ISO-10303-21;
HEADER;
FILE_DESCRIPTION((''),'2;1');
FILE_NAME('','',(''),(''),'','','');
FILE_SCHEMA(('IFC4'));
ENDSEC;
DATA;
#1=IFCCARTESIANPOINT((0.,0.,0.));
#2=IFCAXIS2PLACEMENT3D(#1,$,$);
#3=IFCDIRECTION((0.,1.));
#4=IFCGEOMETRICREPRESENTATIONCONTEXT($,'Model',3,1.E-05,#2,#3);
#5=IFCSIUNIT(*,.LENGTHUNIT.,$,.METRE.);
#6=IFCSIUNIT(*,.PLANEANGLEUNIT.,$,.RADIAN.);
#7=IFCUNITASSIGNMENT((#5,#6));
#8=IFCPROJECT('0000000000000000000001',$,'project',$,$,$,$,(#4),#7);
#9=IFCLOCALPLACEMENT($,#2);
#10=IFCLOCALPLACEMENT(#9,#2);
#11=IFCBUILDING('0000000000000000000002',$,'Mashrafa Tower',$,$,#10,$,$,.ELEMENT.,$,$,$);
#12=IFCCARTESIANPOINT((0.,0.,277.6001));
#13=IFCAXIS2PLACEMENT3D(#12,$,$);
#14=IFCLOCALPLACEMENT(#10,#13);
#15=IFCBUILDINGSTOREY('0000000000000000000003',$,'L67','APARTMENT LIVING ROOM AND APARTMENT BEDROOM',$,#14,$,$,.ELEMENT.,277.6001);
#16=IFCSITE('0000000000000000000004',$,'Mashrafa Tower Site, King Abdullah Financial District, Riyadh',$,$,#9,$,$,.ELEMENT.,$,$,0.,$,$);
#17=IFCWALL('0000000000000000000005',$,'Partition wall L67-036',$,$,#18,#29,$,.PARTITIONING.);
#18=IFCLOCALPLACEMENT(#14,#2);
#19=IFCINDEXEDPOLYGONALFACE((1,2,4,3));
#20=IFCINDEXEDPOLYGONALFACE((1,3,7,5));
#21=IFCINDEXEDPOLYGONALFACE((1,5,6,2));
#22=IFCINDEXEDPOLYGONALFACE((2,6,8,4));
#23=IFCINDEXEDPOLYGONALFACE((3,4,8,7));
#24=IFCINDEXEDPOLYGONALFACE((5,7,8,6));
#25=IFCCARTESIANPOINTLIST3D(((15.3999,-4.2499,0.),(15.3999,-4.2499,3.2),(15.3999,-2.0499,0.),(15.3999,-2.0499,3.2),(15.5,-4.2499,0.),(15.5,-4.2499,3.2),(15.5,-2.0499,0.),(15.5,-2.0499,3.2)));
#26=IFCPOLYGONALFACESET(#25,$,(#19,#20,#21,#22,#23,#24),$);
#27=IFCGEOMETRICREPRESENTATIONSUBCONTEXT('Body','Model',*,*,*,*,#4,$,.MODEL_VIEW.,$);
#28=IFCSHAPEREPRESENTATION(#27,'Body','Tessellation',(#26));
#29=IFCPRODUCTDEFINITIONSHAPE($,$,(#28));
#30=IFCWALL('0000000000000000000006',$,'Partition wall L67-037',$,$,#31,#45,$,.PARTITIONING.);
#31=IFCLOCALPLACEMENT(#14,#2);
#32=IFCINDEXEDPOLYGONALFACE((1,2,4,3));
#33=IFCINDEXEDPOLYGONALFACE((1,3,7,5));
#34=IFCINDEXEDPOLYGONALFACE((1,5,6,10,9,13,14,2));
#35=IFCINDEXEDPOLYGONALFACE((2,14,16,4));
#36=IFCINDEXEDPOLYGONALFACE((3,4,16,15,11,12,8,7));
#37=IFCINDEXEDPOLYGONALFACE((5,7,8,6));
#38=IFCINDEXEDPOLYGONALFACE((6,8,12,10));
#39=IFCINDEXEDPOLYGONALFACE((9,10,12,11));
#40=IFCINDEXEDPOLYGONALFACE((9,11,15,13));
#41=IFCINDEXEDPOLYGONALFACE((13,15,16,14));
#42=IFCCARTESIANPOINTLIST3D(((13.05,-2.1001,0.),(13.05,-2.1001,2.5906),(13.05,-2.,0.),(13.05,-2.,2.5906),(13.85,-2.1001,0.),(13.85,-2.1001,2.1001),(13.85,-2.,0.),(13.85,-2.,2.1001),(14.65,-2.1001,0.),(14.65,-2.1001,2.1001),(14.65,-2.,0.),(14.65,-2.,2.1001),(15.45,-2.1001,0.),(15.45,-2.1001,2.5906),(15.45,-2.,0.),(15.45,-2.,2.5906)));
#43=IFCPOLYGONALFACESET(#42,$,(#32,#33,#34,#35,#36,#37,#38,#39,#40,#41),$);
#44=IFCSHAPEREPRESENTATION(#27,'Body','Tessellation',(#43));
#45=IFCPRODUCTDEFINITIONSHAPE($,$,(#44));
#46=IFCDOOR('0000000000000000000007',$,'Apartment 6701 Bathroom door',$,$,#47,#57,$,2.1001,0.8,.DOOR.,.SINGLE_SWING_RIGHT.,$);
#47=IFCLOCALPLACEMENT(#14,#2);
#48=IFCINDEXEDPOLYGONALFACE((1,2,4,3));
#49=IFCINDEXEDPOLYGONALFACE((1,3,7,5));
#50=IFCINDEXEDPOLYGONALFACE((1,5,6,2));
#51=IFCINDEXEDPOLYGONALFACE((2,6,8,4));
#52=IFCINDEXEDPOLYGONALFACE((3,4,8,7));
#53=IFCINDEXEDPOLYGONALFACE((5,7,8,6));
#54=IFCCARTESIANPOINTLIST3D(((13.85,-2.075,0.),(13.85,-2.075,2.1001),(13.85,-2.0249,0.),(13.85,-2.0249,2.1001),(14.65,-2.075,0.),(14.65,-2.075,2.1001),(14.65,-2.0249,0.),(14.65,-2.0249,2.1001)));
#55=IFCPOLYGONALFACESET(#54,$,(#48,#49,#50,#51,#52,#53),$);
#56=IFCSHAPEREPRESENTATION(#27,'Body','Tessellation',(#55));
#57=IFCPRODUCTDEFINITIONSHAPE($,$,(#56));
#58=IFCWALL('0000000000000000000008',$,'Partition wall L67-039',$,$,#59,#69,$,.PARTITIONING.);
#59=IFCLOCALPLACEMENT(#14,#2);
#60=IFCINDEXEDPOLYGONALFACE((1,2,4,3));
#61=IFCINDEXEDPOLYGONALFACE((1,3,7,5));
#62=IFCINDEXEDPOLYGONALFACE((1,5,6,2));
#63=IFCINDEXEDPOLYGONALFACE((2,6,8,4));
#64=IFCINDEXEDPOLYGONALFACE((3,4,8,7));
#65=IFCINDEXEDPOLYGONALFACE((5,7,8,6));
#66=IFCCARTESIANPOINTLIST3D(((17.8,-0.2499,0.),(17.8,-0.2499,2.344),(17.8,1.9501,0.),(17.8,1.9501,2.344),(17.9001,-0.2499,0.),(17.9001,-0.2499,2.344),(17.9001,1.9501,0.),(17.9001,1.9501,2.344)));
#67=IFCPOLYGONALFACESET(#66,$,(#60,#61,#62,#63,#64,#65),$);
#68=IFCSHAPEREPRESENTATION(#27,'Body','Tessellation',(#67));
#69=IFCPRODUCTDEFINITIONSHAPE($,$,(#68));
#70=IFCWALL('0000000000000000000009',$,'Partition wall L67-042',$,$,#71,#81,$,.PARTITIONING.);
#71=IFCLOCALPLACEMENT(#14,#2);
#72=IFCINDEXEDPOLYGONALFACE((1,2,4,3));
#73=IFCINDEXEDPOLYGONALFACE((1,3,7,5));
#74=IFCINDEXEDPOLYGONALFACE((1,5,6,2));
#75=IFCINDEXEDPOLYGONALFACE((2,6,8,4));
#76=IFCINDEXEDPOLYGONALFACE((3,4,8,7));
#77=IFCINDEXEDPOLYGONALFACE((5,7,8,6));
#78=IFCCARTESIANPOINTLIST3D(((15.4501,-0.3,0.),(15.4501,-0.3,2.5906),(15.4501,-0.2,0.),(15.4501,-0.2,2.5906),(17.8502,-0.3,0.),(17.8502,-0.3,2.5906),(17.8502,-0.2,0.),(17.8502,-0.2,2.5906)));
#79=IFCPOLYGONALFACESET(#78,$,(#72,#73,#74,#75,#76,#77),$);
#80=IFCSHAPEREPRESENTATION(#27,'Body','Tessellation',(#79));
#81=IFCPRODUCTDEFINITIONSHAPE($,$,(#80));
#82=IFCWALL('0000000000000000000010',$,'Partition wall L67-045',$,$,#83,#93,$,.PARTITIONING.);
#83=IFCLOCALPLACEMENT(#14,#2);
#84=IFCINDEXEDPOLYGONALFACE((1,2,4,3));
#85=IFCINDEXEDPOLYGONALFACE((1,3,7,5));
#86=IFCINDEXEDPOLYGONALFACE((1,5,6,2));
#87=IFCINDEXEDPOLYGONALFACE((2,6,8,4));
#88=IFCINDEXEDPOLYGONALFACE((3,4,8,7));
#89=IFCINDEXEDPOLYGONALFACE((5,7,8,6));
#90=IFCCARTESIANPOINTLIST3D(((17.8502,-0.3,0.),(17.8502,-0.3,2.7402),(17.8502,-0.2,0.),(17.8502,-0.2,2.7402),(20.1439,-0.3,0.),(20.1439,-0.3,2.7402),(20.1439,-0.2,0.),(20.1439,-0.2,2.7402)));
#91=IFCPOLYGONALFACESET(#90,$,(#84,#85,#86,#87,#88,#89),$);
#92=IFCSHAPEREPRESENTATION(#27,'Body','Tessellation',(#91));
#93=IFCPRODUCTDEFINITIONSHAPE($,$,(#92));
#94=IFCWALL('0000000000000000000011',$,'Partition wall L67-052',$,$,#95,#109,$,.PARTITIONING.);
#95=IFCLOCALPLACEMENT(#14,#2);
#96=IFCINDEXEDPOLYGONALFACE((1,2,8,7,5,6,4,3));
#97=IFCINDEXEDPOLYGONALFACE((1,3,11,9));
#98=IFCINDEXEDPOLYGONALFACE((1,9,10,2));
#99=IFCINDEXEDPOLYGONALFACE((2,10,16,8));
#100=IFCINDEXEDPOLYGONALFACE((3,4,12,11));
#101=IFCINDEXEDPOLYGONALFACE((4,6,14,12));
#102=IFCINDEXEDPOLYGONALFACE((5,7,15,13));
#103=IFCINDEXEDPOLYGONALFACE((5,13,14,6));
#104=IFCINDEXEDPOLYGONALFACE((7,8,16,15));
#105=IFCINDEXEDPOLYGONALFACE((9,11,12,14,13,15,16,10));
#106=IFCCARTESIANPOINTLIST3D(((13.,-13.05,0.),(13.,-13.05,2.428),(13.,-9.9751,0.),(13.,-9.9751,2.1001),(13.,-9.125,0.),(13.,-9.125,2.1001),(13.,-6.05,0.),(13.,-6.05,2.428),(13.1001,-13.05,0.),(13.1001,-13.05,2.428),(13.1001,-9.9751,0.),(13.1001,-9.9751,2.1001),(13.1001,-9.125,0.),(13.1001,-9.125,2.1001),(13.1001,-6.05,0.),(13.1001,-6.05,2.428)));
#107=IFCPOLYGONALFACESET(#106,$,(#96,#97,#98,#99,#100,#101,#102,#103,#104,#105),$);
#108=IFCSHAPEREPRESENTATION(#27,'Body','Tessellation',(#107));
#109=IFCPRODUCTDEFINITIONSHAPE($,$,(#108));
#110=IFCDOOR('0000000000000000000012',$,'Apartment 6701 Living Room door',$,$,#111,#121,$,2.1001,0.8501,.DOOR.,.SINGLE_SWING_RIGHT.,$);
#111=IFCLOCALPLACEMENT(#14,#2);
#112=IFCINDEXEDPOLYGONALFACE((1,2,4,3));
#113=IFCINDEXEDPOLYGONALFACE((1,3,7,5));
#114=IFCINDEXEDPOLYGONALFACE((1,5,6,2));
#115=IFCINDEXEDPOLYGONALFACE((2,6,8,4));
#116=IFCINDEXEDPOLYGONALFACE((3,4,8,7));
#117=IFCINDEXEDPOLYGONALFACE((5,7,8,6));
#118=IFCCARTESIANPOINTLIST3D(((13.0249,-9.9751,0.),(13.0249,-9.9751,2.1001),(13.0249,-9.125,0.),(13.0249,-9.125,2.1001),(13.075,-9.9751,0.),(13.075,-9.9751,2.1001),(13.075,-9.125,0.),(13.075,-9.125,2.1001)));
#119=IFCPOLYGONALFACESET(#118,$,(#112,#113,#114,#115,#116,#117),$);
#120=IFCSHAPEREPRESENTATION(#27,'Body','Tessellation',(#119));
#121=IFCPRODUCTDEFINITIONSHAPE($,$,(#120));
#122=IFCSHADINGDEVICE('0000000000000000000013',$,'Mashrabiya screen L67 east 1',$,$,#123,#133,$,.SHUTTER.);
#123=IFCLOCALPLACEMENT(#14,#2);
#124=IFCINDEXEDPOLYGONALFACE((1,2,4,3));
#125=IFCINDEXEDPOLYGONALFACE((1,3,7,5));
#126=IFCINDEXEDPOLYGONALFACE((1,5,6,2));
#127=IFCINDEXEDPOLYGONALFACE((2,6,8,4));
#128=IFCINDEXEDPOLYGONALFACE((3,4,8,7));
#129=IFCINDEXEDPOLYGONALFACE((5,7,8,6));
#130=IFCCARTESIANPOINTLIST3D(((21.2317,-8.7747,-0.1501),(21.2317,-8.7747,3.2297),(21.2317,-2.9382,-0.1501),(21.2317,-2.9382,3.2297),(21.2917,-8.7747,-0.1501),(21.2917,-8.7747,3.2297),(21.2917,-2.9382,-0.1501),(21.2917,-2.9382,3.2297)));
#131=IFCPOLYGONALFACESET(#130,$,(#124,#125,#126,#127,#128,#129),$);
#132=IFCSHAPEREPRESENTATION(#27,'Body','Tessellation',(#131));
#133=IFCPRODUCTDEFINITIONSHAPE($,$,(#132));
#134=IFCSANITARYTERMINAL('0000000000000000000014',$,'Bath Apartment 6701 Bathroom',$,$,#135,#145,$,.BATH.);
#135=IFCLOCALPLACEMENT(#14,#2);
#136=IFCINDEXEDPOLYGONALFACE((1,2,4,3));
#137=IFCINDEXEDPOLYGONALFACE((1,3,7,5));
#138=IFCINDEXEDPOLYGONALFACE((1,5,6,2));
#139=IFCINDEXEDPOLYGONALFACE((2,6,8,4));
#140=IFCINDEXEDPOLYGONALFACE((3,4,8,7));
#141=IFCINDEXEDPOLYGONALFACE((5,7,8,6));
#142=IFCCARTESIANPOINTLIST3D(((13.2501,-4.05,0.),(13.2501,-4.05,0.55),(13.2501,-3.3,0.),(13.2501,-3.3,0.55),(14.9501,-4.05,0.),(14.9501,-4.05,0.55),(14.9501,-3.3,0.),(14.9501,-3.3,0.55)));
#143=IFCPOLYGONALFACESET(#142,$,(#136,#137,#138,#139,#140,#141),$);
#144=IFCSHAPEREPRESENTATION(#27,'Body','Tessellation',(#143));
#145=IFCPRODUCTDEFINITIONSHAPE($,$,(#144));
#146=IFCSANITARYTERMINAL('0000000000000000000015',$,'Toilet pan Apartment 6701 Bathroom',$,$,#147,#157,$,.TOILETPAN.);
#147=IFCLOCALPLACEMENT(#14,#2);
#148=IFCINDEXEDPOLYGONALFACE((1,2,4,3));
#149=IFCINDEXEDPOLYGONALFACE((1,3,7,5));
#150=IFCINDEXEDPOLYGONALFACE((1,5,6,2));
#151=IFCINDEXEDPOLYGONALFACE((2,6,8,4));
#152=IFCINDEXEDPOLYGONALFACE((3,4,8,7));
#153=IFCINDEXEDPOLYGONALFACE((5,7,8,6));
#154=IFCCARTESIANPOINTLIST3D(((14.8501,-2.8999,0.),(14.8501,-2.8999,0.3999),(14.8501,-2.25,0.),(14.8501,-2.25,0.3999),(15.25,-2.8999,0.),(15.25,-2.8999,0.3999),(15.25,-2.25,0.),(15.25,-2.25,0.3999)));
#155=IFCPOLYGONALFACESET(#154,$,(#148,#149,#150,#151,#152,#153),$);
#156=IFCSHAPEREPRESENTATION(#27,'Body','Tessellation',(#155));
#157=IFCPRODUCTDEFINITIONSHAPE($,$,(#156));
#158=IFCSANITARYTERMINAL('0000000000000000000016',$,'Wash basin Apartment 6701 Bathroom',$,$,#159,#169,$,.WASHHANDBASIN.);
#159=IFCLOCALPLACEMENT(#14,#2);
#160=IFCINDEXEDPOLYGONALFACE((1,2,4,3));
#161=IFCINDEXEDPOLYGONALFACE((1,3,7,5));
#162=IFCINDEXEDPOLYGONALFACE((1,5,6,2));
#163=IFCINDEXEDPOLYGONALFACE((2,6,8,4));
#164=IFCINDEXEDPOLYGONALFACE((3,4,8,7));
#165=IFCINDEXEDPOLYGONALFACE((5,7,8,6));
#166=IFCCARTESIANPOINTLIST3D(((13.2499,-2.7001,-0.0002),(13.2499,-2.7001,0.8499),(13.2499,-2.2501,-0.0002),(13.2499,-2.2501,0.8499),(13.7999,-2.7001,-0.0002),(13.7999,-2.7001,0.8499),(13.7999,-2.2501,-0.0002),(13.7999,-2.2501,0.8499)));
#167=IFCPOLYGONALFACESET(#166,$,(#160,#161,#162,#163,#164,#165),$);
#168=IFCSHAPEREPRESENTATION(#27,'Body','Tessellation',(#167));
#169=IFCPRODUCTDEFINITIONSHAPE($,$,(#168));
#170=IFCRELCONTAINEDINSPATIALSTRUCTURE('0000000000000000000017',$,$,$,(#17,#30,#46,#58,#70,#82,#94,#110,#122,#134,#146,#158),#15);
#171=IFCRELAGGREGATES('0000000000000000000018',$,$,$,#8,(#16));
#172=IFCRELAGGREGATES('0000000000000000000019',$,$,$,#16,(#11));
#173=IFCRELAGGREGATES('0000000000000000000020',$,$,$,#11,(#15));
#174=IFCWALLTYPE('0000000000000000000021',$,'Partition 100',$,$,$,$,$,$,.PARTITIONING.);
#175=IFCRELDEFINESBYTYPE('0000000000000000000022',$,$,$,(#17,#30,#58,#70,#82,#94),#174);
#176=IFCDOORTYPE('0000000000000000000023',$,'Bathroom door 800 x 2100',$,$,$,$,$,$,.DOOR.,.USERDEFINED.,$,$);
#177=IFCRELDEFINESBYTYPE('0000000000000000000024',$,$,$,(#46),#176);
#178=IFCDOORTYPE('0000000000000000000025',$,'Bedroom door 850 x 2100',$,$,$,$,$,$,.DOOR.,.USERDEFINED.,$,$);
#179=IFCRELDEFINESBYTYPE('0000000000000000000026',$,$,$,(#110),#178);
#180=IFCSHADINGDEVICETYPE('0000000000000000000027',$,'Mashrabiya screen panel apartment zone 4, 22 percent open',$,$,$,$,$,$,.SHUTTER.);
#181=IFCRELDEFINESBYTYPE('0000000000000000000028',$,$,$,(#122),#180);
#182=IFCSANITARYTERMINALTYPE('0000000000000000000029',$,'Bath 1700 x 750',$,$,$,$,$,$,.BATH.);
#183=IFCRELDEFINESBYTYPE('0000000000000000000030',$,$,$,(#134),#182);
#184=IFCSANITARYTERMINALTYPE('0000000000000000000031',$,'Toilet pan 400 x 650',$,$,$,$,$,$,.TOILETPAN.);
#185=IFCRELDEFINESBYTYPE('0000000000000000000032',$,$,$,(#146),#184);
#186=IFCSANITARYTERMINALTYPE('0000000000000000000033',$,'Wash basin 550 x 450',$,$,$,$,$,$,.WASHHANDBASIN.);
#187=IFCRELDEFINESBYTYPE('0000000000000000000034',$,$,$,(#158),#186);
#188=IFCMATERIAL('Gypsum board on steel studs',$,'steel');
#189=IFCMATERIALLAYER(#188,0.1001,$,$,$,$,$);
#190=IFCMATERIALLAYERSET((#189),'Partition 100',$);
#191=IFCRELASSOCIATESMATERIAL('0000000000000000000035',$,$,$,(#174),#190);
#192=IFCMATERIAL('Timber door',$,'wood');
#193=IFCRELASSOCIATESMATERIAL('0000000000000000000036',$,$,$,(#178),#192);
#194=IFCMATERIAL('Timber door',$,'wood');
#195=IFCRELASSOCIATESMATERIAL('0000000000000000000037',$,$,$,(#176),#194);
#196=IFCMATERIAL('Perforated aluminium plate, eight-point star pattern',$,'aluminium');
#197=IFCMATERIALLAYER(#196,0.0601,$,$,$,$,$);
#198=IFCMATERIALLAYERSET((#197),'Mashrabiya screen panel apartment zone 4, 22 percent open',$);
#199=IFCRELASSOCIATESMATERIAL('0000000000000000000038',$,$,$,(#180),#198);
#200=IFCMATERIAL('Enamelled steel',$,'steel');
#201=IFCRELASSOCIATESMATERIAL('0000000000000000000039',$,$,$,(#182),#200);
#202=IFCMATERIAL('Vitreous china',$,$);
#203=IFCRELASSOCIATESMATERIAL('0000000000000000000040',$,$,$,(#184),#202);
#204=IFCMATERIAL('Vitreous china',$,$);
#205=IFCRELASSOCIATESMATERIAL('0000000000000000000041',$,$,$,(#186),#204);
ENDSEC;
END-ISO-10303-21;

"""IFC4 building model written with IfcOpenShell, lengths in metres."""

from ifc_helpers import new_model, si_unit, direction, frame, frame_2d, origin, origin_2d, place, context, subcontext, project, spatial, rectangle, extrude, source, transform, mapped, material, layer, layer_set, type_object, type_shapes, element, fill, save


model = new_model("IFC4")

# Units and contexts
model_context = context("Model", 3, precision=1e-05, world=origin(), true_north=direction((0.0, 1.0)))
body_context = subcontext(model_context, "Body", "Model", "MODEL_VIEW")
ifc_project = project(units=[si_unit("LENGTHUNIT", "METRE"), si_unit("PLANEANGLEUNIT", "RADIAN")], contexts=[model_context])

# Site, building, storey
site_placement = place(None, origin())
site = spatial("IfcSite", under=ifc_project, at=site_placement, Name="Mashrafa Tower Site, King Abdullah Financial District, Riyadh", CompositionType="ELEMENT", RefElevation=0.0)
building_placement = place(site_placement, origin())
building = spatial("IfcBuilding", under=site, at=building_placement, Name="Mashrafa Tower", CompositionType="ELEMENT")
storey_placement = place(building_placement, frame((0.0, 0.0, 277.6001)))
storey = spatial("IfcBuildingStorey", under=building, at=storey_placement, Name="L67", Description="APARTMENT LIVING ROOM AND APARTMENT BEDROOM", CompositionType="ELEMENT", Elevation=277.6001)

# Shared definitions
ifc_material_1 = material(Name="Gypsum board on steel studs", Category="steel")
ifc_layer_1 = layer(ifc_material_1, 0.1001)
ifc_layer_set_1 = layer_set([ifc_layer_1], Name="Partition 100")
wall_type_1 = type_object("IfcWallType", Name="Partition 100", PredefinedType="PARTITIONING", material=ifc_layer_set_1)

# Shared definitions
ifc_material_2 = material(Name="Timber door", Category="wood")
door_type_1 = type_object("IfcDoorType", Name="Bedroom door 850 x 2100", OperationType="USERDEFINED", PredefinedType="DOOR", material=ifc_material_2)

# Wall
wall_1_placement = place(storey_placement, frame((15.45, -4.25, 0.0), z_axis=(0.0, 0.0, 1.0), x_axis=(0.0, 1.0, 0.0)))
element("IfcWall", 1, at=wall_1_placement, inside=storey, type_object=wall_type_1, Name="Partition wall L67-036", PredefinedType="PARTITIONING", context=body_context, shape_type="SweptSolid", body=[
    extrude(rectangle(XDim=2.2, YDim=0.1001, at=frame_2d((1.1001, 0.0))), origin(), (0.0, 0.0, 1.0), 3.2),
])

# Wall, opening, door
wall_2_placement = place(storey_placement, frame((15.45, -2.05, 0.0), z_axis=(0.0, 0.0, 1.0), x_axis=(-1.0, 0.0, 0.0)))
wall_2 = element("IfcWall", 2, at=wall_2_placement, inside=storey, type_object=wall_type_1, Name="Partition wall L67-037", PredefinedType="PARTITIONING", context=body_context, shape_type="SweptSolid", body=[
    extrude(rectangle(XDim=2.3999, YDim=0.1001, at=frame_2d((1.2, 0.0))), origin(), (0.0, 0.0, 1.0), 2.5906),
])
opening_1_placement = place(wall_2_placement, frame((0.8, 0.0, 0.0)))
opening_1 = element("IfcOpeningElement", 3, at=opening_1_placement, cuts=wall_2, PredefinedType="OPENING", context=body_context, shape_type="SweptSolid", body=[
    extrude(rectangle(XDim=0.8, YDim=2.1001, at=frame_2d((0.3999, 1.05))), frame((0.0, 0.0601, 0.0), z_axis=(0.0, -1.0, 0.0), x_axis=(1.0, 0.0, 0.0)), (0.0, 0.0, 1.0), 0.1201),
])
ifc_material_3 = material(Name="Timber door", Category="wood")
door_type_2 = type_object("IfcDoorType", Name="Bathroom door 800 x 2100", OperationType="USERDEFINED", PredefinedType="DOOR", material=ifc_material_3)
door_1_placement = place(opening_1_placement, origin())
door_1 = element("IfcDoor", 4, at=door_1_placement, inside=storey, type_object=door_type_2, Name="Apartment 6701 Bathroom door", OperationType="SINGLE_SWING_RIGHT", OverallHeight=2.1001, OverallWidth=0.8, PredefinedType="DOOR", context=body_context, shape_type="SweptSolid", body=[
    extrude(rectangle(XDim=0.8, YDim=2.1001, at=frame_2d((0.3999, 1.05))), frame((0.0, 0.0249, 0.0), z_axis=(0.0, -1.0, 0.0), x_axis=(1.0, 0.0, 0.0)), (0.0, 0.0, 1.0), 0.05),
])
fill(opening_1, door_1)

# Walls
wall_3_placement = place(storey_placement, frame((17.8501, -0.25, 0.0), z_axis=(0.0, 0.0, 1.0), x_axis=(0.0, 1.0, 0.0)))
element("IfcWall", 5, at=wall_3_placement, inside=storey, type_object=wall_type_1, Name="Partition wall L67-039", PredefinedType="PARTITIONING", context=body_context, shape_type="SweptSolid", body=[
    extrude(rectangle(XDim=2.2, YDim=0.1001, at=frame_2d((1.1001, 0.0))), origin(), (0.0, 0.0, 1.0), 2.344),
])
wall_4_placement = place(storey_placement, frame((15.45, -0.25, 0.0), z_axis=(0.0, 0.0, 1.0), x_axis=(1.0, 0.0, 0.0)))
element("IfcWall", 6, at=wall_4_placement, inside=storey, type_object=wall_type_1, Name="Partition wall L67-042", PredefinedType="PARTITIONING", context=body_context, shape_type="SweptSolid", body=[
    extrude(rectangle(XDim=2.4001, YDim=0.1001, at=frame_2d((1.2002, 0.0))), origin(), (0.0, 0.0, 1.0), 2.5906),
])
wall_5_placement = place(storey_placement, frame((17.8501, -0.25, 0.0), z_axis=(0.0, 0.0, 1.0), x_axis=(1.0, 0.0, 0.0)))
element("IfcWall", 7, at=wall_5_placement, inside=storey, type_object=wall_type_1, Name="Partition wall L67-045", PredefinedType="PARTITIONING", context=body_context, shape_type="SweptSolid", body=[
    extrude(rectangle(XDim=2.2937, YDim=0.1001, at=frame_2d((1.147, 0.0))), origin(), (0.0, 0.0, 1.0), 2.7402),
])

# Wall, opening, door
wall_6_placement = place(storey_placement, frame((13.05, -6.05, 0.0), z_axis=(0.0, 0.0, 1.0), x_axis=(0.0, -1.0, 0.0)))
wall_6 = element("IfcWall", 8, at=wall_6_placement, inside=storey, type_object=wall_type_1, Name="Partition wall L67-052", PredefinedType="PARTITIONING", context=body_context, shape_type="SweptSolid", body=[
    extrude(rectangle(XDim=7.0, YDim=0.1001, at=frame_2d((3.5, 0.0))), origin(), (0.0, 0.0, 1.0), 2.428),
])
opening_2_placement = place(wall_6_placement, frame((3.075, 0.0, 0.0)))
opening_2 = element("IfcOpeningElement", 9, at=opening_2_placement, cuts=wall_6, PredefinedType="OPENING", context=body_context, shape_type="SweptSolid", body=[
    extrude(rectangle(XDim=0.8501, YDim=2.1001, at=frame_2d((0.425, 1.05))), frame((0.0, 0.0601, 0.0), z_axis=(0.0, -1.0, 0.0), x_axis=(1.0, 0.0, 0.0)), (0.0, 0.0, 1.0), 0.1201),
])
door_2_placement = place(opening_2_placement, origin())
door_2 = element("IfcDoor", 10, at=door_2_placement, inside=storey, type_object=door_type_1, Name="Apartment 6701 Living Room door", OperationType="SINGLE_SWING_RIGHT", OverallHeight=2.1001, OverallWidth=0.8501, PredefinedType="DOOR", context=body_context, shape_type="SweptSolid", body=[
    extrude(rectangle(XDim=0.8501, YDim=2.1001, at=frame_2d((0.425, 1.05))), frame((0.0, 0.0249, 0.0), z_axis=(0.0, -1.0, 0.0), x_axis=(1.0, 0.0, 0.0)), (0.0, 0.0, 1.0), 0.05),
])
fill(opening_2, door_2)

# Shading device
ifc_material_4 = material(Name="Perforated aluminium plate, eight-point star pattern", Category="aluminium")
ifc_layer_2 = layer(ifc_material_4, 0.0601)
ifc_layer_set_2 = layer_set([ifc_layer_2], Name="Mashrabiya screen panel apartment zone 4, 22 percent open")
shading_device_type = type_object("IfcShadingDeviceType", Name="Mashrabiya screen panel apartment zone 4, 22 percent open", PredefinedType="SHUTTER", material=ifc_layer_set_2)
shared_shape_1 = source(origin(), body_context, "Body", "SweptSolid", [
    extrude(rectangle(XDim=5.8364, YDim=0.0601, at=origin_2d()), origin(), (0.0, 0.0, 1.0), 3.3799),
])
type_shapes(shading_device_type, [shared_shape_1])
shading_device_placement = place(storey_placement, frame((21.2617, -5.8564, -0.1501), z_axis=(0.0, 0.0, 1.0), x_axis=(0.0, 1.0, 0.0)))
element("IfcShadingDevice", 11, at=shading_device_placement, inside=storey, type_object=shading_device_type, Name="Mashrabiya screen L67 east 1", PredefinedType="SHUTTER", context=body_context, shape_type="MappedRepresentation", body=[
    mapped(shared_shape_1, transform((0.0, 0.0, 0.0))),
])

# Sanitary terminals
ifc_material_5 = material(Name="Enamelled steel", Category="steel")
sanitary_terminal_type_1 = type_object("IfcSanitaryTerminalType", Name="Bath 1700 x 750", PredefinedType="BATH", material=ifc_material_5)
sanitary_terminal_1_placement = place(storey_placement, frame((14.1001, -3.675, 0.0), z_axis=(0.0, 0.0, 1.0), x_axis=(1.0, 0.0, 0.0)))
element("IfcSanitaryTerminal", 12, at=sanitary_terminal_1_placement, inside=storey, type_object=sanitary_terminal_type_1, Name="Bath Apartment 6701 Bathroom", PredefinedType="BATH", context=body_context, shape_type="SweptSolid", body=[
    extrude(rectangle(XDim=1.7, YDim=0.75, at=origin_2d()), origin(), (0.0, 0.0, 1.0), 0.55),
])
ifc_material_6 = material(Name="Vitreous china")
sanitary_terminal_type_2 = type_object("IfcSanitaryTerminalType", Name="Toilet pan 400 x 650", PredefinedType="TOILETPAN", material=ifc_material_6)
sanitary_terminal_2_placement = place(storey_placement, frame((15.05, -2.575, 0.0), z_axis=(0.0, 0.0, 1.0), x_axis=(-1.0, 0.0, 0.0)))
element("IfcSanitaryTerminal", 13, at=sanitary_terminal_2_placement, inside=storey, type_object=sanitary_terminal_type_2, Name="Toilet pan Apartment 6701 Bathroom", PredefinedType="TOILETPAN", context=body_context, shape_type="SweptSolid", body=[
    extrude(rectangle(XDim=0.3999, YDim=0.6499, at=origin_2d()), origin(), (0.0, 0.0, 1.0), 0.3999),
])
ifc_material_7 = material(Name="Vitreous china")
sanitary_terminal_type_3 = type_object("IfcSanitaryTerminalType", Name="Wash basin 550 x 450", PredefinedType="WASHHANDBASIN", material=ifc_material_7)
sanitary_terminal_3_placement = place(storey_placement, frame((13.5249, -2.4751, -0.0002), z_axis=(0.0, 0.0, 1.0), x_axis=(-1.0, 0.0, 0.0)))
element("IfcSanitaryTerminal", 14, at=sanitary_terminal_3_placement, inside=storey, type_object=sanitary_terminal_type_3, Name="Wash basin Apartment 6701 Bathroom", PredefinedType="WASHHANDBASIN", context=body_context, shape_type="SweptSolid", body=[
    extrude(rectangle(XDim=0.55, YDim=0.45, at=origin_2d()), origin(), (0.0, 0.0, 1.0), 0.8501),
])

save(model, "model.ifc")
